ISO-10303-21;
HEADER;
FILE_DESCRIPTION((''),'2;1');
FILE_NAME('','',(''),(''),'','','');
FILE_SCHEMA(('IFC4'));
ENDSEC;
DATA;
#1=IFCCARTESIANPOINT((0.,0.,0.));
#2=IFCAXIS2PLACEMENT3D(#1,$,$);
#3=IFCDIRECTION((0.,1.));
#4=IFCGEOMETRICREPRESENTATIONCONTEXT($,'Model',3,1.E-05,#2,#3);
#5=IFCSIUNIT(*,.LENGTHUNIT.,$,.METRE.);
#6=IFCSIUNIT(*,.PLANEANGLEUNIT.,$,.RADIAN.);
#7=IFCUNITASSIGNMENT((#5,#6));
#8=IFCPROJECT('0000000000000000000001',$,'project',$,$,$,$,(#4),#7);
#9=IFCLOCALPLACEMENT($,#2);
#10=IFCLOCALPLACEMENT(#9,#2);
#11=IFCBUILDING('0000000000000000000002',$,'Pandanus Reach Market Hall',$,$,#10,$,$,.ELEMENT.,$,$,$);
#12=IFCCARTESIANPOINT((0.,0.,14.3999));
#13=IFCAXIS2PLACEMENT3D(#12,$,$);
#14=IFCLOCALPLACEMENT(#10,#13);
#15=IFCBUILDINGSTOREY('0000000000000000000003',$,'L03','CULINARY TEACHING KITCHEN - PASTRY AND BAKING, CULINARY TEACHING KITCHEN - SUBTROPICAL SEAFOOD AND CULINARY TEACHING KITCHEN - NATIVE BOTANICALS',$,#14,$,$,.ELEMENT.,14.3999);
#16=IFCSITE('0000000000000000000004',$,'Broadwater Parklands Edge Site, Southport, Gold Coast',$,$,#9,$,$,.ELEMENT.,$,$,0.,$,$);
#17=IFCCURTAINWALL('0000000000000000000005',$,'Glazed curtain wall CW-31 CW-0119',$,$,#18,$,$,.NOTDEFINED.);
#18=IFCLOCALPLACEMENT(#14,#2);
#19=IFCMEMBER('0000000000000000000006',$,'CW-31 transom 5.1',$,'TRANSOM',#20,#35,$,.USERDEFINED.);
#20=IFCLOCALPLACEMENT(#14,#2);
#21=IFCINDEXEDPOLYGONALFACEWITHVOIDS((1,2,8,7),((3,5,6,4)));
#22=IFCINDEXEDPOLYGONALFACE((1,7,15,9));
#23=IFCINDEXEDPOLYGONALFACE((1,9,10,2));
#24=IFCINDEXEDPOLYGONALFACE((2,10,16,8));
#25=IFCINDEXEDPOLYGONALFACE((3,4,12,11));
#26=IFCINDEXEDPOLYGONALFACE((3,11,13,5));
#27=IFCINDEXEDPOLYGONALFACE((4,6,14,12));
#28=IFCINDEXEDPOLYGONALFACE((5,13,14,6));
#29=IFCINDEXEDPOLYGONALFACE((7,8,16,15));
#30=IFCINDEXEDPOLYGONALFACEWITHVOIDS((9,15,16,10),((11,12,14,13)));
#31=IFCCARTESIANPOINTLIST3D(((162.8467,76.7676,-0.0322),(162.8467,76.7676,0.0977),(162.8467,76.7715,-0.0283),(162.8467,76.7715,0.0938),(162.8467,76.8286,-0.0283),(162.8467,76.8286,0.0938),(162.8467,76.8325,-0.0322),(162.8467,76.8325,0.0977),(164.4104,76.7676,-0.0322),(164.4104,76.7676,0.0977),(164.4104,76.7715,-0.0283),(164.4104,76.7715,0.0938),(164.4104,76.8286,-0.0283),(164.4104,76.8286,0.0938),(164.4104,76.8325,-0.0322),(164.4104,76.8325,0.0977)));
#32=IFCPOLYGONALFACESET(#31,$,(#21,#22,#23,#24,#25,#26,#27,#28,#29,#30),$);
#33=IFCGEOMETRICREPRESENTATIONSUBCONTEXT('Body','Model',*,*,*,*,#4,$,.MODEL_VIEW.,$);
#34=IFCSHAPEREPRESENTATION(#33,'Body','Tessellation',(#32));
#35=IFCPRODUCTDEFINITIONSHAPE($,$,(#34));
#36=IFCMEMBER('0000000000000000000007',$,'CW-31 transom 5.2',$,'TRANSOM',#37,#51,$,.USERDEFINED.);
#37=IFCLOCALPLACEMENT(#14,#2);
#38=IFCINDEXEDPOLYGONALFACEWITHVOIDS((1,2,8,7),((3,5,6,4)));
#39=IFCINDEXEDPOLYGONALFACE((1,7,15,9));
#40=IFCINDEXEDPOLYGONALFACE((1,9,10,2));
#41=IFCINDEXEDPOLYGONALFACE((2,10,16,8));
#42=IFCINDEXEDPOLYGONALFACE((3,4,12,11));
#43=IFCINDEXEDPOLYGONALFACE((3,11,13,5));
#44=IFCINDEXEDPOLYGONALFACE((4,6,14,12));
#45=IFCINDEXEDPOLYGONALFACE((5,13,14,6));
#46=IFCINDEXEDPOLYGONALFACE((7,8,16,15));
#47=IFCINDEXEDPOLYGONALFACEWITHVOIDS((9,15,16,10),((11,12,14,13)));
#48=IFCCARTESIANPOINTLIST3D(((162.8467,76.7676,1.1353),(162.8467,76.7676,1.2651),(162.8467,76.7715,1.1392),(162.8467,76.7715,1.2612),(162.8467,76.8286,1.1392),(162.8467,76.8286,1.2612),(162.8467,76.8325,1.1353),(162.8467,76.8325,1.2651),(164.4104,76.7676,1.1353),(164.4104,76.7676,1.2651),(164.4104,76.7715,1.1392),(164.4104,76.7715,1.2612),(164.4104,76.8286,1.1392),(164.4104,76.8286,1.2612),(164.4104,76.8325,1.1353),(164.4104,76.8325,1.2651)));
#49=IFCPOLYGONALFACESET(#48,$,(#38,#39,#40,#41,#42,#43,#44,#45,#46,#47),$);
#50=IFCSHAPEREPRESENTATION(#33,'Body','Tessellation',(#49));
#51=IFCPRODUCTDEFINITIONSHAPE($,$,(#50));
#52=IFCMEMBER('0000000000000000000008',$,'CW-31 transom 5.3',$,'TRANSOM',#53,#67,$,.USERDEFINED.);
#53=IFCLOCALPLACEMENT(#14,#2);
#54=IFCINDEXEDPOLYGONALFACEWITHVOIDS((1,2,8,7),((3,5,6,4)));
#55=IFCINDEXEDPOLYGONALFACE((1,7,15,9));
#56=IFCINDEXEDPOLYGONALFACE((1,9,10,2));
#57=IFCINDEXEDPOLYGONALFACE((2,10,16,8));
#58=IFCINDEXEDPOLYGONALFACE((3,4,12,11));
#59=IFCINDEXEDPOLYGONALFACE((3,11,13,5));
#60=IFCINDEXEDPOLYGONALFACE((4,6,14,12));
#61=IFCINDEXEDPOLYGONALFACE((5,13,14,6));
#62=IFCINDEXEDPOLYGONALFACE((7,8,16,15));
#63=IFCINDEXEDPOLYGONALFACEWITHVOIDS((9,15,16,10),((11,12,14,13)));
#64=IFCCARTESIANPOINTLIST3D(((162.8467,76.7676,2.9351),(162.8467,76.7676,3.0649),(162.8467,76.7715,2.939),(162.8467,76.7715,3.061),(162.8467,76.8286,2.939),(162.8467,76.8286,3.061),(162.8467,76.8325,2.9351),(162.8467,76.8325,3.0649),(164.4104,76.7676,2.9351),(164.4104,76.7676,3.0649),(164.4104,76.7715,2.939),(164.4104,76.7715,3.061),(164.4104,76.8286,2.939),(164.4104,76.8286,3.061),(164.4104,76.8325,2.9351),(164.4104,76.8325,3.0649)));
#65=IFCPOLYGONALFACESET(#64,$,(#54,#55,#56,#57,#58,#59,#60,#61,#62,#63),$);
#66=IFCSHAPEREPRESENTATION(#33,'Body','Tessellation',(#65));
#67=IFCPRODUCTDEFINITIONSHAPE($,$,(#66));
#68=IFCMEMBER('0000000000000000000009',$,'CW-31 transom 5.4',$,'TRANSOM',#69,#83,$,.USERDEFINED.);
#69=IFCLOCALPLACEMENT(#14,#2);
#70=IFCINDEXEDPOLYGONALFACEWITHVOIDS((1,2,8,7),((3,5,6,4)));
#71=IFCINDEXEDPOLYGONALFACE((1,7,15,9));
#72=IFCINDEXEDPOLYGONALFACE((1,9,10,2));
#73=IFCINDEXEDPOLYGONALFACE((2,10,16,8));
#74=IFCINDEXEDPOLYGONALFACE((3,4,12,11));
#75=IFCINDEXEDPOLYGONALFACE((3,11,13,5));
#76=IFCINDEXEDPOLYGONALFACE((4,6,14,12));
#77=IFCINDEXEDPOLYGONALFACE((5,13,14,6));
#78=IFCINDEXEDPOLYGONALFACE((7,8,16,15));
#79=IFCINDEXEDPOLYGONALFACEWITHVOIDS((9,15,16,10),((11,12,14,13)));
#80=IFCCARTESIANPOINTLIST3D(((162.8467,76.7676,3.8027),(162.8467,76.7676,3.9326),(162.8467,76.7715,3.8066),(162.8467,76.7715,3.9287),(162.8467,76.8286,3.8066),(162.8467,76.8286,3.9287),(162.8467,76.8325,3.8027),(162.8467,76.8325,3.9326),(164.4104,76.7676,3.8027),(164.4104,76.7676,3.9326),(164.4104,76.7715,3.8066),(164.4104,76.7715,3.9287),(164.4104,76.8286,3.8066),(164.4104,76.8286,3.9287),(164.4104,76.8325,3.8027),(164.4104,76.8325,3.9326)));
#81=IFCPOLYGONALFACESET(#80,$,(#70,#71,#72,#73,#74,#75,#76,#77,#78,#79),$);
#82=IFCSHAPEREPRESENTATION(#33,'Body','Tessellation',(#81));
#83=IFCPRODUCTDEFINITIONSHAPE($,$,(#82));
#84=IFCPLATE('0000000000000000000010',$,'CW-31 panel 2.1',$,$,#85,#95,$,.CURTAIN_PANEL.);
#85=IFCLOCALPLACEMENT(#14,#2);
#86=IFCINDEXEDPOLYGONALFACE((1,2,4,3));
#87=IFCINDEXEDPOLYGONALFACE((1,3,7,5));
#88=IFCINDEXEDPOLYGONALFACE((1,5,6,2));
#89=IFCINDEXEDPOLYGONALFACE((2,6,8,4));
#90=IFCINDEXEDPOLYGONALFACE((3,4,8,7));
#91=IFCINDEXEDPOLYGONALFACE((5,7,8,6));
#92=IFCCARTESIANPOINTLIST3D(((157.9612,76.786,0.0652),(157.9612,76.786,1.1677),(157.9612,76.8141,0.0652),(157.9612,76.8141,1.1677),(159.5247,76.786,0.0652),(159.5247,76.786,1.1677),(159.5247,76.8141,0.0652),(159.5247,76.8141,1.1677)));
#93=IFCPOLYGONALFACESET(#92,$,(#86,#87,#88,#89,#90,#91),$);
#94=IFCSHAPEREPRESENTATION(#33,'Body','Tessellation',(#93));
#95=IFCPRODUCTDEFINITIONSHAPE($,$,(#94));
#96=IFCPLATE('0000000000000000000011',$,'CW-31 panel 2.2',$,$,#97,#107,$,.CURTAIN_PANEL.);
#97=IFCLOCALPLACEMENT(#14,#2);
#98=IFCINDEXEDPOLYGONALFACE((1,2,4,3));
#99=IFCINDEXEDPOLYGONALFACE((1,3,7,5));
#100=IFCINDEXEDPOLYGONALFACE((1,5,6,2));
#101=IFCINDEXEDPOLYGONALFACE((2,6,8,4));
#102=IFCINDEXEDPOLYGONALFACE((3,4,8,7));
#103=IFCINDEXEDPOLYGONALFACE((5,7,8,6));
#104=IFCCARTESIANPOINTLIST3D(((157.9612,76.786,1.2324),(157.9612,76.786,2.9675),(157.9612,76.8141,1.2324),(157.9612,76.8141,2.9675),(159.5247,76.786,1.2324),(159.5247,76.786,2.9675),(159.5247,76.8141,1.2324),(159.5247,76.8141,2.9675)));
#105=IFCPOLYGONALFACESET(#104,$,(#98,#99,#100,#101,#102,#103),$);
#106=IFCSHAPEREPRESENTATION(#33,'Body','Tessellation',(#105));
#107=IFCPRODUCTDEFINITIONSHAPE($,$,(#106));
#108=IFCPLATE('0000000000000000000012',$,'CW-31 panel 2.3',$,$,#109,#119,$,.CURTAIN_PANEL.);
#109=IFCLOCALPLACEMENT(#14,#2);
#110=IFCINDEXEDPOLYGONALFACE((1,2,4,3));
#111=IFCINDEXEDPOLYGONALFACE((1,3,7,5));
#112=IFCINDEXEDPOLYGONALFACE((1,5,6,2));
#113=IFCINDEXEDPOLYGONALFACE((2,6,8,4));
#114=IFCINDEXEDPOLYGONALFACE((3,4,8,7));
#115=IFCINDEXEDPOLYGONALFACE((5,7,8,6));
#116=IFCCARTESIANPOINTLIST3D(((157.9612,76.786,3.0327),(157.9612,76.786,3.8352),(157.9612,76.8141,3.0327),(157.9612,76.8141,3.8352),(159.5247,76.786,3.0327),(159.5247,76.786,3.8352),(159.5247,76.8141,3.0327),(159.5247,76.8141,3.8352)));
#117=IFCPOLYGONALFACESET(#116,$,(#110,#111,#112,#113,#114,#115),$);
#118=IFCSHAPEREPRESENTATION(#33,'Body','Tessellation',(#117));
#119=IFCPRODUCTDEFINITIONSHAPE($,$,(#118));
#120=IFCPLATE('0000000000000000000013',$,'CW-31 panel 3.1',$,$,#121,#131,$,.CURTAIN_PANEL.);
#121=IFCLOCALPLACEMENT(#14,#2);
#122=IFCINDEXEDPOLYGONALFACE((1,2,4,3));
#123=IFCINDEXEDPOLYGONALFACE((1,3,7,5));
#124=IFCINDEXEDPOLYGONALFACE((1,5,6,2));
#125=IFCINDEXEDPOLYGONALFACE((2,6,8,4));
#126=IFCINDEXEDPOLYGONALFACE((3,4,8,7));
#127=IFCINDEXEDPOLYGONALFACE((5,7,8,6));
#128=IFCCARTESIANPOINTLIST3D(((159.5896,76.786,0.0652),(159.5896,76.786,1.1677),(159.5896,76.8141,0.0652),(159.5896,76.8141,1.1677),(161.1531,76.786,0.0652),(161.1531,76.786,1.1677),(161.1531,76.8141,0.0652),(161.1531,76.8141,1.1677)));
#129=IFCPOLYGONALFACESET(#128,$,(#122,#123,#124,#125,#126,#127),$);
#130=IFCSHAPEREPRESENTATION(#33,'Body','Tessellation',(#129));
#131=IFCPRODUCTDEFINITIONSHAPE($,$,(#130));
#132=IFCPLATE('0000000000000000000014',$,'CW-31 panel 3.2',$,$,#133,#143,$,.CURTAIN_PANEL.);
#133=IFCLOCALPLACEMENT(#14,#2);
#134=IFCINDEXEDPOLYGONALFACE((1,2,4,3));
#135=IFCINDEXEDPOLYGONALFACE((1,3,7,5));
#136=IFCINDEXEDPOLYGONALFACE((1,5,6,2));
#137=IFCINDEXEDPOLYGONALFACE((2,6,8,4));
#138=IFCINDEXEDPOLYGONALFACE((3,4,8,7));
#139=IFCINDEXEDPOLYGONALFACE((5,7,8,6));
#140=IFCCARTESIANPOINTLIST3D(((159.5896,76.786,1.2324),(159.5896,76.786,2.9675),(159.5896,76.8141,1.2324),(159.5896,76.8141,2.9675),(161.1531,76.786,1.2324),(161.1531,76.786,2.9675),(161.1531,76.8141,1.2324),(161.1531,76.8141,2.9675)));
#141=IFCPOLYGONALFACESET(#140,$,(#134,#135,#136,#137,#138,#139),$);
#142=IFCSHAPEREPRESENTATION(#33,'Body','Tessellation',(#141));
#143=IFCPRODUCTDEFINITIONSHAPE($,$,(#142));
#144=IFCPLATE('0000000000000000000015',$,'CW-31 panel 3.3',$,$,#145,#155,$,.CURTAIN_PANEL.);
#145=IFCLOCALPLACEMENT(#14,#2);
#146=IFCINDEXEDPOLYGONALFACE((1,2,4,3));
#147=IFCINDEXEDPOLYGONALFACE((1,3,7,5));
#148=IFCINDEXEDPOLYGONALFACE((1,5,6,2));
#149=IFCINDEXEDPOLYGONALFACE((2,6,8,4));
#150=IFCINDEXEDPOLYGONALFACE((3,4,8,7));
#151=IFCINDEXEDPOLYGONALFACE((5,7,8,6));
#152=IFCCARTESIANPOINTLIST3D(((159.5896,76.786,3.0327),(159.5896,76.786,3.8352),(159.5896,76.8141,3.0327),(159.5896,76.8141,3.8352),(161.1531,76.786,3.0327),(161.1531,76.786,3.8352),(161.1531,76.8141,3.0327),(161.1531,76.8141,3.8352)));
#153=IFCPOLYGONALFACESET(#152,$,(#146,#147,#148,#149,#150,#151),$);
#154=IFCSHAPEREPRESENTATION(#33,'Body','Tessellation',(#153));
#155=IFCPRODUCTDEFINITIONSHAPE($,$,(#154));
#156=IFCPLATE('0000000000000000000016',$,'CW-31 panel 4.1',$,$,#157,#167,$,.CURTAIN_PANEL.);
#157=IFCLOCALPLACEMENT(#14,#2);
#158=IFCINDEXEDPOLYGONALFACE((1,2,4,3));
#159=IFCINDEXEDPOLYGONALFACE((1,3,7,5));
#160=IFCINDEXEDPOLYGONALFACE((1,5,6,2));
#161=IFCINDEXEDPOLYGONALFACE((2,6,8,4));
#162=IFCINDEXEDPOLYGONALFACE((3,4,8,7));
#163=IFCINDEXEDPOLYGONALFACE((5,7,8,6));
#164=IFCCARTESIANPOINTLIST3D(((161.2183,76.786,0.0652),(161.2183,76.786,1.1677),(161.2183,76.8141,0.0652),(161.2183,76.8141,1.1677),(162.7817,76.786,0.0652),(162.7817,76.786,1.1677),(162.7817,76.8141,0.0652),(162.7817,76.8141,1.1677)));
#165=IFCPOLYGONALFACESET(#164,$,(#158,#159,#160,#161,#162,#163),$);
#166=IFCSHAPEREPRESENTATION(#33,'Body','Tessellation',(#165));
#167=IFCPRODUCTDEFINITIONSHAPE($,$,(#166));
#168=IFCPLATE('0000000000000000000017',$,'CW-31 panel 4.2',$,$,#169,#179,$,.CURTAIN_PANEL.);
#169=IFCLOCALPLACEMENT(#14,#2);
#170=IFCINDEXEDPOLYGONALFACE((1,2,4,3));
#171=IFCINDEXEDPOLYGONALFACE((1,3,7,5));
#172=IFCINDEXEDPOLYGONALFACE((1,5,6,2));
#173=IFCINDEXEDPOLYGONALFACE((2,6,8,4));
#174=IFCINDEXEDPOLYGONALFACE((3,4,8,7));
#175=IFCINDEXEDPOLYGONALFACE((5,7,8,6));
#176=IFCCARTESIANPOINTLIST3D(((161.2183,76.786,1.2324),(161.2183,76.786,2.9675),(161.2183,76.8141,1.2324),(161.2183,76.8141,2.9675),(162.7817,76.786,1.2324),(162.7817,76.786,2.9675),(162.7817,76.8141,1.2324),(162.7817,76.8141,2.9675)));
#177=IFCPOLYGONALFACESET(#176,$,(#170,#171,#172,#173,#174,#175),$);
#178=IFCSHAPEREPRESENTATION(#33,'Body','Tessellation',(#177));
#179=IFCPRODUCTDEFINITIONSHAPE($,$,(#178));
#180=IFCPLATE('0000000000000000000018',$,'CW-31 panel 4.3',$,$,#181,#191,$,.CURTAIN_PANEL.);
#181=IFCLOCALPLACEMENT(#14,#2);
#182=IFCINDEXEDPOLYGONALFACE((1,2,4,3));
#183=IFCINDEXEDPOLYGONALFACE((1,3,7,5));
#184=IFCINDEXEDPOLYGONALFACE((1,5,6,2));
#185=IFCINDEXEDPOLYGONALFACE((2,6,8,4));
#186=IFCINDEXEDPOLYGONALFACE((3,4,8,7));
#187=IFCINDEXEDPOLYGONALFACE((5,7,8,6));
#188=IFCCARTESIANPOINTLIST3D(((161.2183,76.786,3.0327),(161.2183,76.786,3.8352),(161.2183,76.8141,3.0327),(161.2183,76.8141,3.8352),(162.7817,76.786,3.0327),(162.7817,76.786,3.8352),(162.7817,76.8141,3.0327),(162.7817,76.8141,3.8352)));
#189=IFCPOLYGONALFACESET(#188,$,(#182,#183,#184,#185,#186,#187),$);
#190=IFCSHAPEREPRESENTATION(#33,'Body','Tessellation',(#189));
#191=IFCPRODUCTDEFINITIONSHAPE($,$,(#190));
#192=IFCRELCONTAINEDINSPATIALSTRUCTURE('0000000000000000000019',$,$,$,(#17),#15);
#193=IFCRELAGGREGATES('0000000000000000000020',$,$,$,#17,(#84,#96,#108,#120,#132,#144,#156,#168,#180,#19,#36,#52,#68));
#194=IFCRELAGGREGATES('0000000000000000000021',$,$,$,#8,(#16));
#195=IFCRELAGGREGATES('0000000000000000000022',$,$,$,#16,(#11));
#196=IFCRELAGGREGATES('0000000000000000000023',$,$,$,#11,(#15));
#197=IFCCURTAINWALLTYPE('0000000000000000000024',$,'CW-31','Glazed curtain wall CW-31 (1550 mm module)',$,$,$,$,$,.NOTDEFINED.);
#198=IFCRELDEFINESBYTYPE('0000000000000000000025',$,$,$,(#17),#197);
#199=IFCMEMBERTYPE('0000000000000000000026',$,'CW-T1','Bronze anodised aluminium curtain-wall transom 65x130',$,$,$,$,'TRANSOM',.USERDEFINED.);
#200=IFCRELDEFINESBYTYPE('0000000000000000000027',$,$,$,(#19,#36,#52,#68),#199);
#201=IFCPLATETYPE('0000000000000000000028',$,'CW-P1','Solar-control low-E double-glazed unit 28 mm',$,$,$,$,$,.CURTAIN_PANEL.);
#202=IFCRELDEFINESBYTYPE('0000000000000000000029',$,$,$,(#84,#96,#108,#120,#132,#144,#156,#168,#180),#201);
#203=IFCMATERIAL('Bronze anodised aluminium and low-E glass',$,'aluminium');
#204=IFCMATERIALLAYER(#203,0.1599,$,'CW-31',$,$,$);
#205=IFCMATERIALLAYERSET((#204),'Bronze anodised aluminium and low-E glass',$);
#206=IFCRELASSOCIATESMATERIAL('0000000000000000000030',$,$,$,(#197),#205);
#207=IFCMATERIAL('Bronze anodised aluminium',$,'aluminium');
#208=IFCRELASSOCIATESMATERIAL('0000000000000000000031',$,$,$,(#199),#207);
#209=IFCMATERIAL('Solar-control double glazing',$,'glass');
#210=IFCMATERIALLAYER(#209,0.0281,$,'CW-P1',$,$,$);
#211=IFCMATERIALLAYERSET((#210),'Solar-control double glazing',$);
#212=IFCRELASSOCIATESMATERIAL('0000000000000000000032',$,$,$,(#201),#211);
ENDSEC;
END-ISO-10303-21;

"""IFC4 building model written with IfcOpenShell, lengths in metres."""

from ifc_helpers import new_model, si_unit, direction, frame, origin, origin_2d, place, context, subcontext, project, spatial, rectangle, hollow_rectangle, extrude, material, layer, layer_set, material_profile, profile_set, type_object, element, aggregate, save


model = new_model("IFC4")

# Units and contexts
model_context = context("Model", 3, precision=1e-05, world=origin(), true_north=direction((0.0, 1.0)))
body_context = subcontext(model_context, "Body", "Model", "MODEL_VIEW")
ifc_project = project(units=[si_unit("LENGTHUNIT", "METRE"), si_unit("PLANEANGLEUNIT", "RADIAN")], contexts=[model_context])

# Site, building, storey
site_placement = place(None, origin())
site = spatial("IfcSite", under=ifc_project, at=site_placement, Name="Broadwater Parklands Edge Site, Southport, Gold Coast", CompositionType="ELEMENT", RefElevation=0.0)
building_placement = place(site_placement, origin())
building = spatial("IfcBuilding", under=site, at=building_placement, Name="Pandanus Reach Market Hall", CompositionType="ELEMENT")
storey_placement = place(building_placement, frame((0.0, 0.0, 14.3999)))
storey = spatial("IfcBuildingStorey", under=building, at=storey_placement, Name="L03", Description="CULINARY TEACHING KITCHEN - PASTRY AND BAKING, CULINARY TEACHING KITCHEN - SUBTROPICAL SEAFOOD AND CULINARY TEACHING KITCHEN - NATIVE BOTANICALS", CompositionType="ELEMENT", Elevation=14.3999)

# Curtain wall, members, plates
ifc_material_1 = material(Name="Bronze anodised aluminium and low-E glass", Category="aluminium")
ifc_layer_1 = layer(ifc_material_1, 0.1599, Name="CW-31")
ifc_layer_set_1 = layer_set([ifc_layer_1], Name="Bronze anodised aluminium and low-E glass")
curtain_wall_type = type_object("IfcCurtainWallType", Name="CW-31", Description="Glazed curtain wall CW-31 (1550 mm module)", PredefinedType="NOTDEFINED", material=ifc_layer_set_1)
curtain_wall_placement = place(storey_placement, origin())
curtain_wall = element("IfcCurtainWall", 1, at=curtain_wall_placement, inside=storey, type_object=curtain_wall_type, Name="Glazed curtain wall CW-31 CW-0119", PredefinedType="NOTDEFINED")
ifc_material_2 = material(Name="Bronze anodised aluminium", Category="aluminium")
ifc_material_profile_1 = material_profile(ifc_material_2, hollow_rectangle(XDim=0.0649, YDim=0.1299, WallThickness=0.0039, at=origin_2d()), Name="ALU65x130", Category="LoadBearing")
ifc_profile_set_1 = profile_set([ifc_material_profile_1], Name="Bronze anodised aluminium")
member_type_1 = type_object("IfcMemberType", Name="CW-T1", Description="Bronze anodised aluminium curtain-wall transom 65x130", ElementType="TRANSOM", PredefinedType="USERDEFINED", material=ifc_profile_set_1)
member_1_placement = place(storey_placement, frame((162.8467, 76.8, 0.0327), z_axis=(1.0, 0.0, 0.0), x_axis=(0.0, 1.0, 0.0)))
member_1 = element("IfcMember", 2, at=member_1_placement, type_object=member_type_1, Name="CW-31 transom 5.1", ObjectType="TRANSOM", PredefinedType="USERDEFINED", context=body_context, shape_type="SweptSolid", body=[
    extrude(hollow_rectangle(XDim=0.0649, YDim=0.1299, WallThickness=0.0039, at=origin_2d()), origin(), (0.0, 0.0, 1.0), 1.5637),
])
member_2_placement = place(storey_placement, frame((162.8467, 76.8, 1.2002), z_axis=(1.0, 0.0, 0.0), x_axis=(0.0, 1.0, 0.0)))
member_2 = element("IfcMember", 3, at=member_2_placement, type_object=member_type_1, Name="CW-31 transom 5.2", ObjectType="TRANSOM", PredefinedType="USERDEFINED", context=body_context, shape_type="SweptSolid", body=[
    extrude(hollow_rectangle(XDim=0.0649, YDim=0.1299, WallThickness=0.0039, at=origin_2d()), origin(), (0.0, 0.0, 1.0), 1.5637),
])
member_3_placement = place(storey_placement, frame((162.8467, 76.8, 3.0), z_axis=(1.0, 0.0, 0.0), x_axis=(0.0, 1.0, 0.0)))
member_3 = element("IfcMember", 4, at=member_3_placement, type_object=member_type_1, Name="CW-31 transom 5.3", ObjectType="TRANSOM", PredefinedType="USERDEFINED", context=body_context, shape_type="SweptSolid", body=[
    extrude(hollow_rectangle(XDim=0.0649, YDim=0.1299, WallThickness=0.0039, at=origin_2d()), origin(), (0.0, 0.0, 1.0), 1.5637),
])
member_4_placement = place(storey_placement, frame((162.8467, 76.8, 3.8677), z_axis=(1.0, 0.0, 0.0), x_axis=(0.0, 1.0, 0.0)))
member_4 = element("IfcMember", 5, at=member_4_placement, type_object=member_type_1, Name="CW-31 transom 5.4", ObjectType="TRANSOM", PredefinedType="USERDEFINED", context=body_context, shape_type="SweptSolid", body=[
    extrude(hollow_rectangle(XDim=0.0649, YDim=0.1299, WallThickness=0.0039, at=origin_2d()), origin(), (0.0, 0.0, 1.0), 1.5637),
])
ifc_material_3 = material(Name="Solar-control double glazing", Category="glass")
ifc_layer_2 = layer(ifc_material_3, 0.0281, Name="CW-P1")
ifc_layer_set_2 = layer_set([ifc_layer_2], Name="Solar-control double glazing")
plate_type = type_object("IfcPlateType", Name="CW-P1", Description="Solar-control low-E double-glazed unit 28 mm", PredefinedType="CURTAIN_PANEL", material=ifc_layer_set_2)
plate_1_placement = place(storey_placement, frame((158.7429, 76.8, 0.0652), z_axis=(0.0, 0.0, 1.0), x_axis=(1.0, 0.0, 0.0)))
plate_1 = element("IfcPlate", 6, at=plate_1_placement, type_object=plate_type, Name="CW-31 panel 2.1", PredefinedType="CURTAIN_PANEL", context=body_context, shape_type="SweptSolid", body=[
    extrude(rectangle(XDim=1.5635, YDim=0.0281, at=origin_2d()), origin(), (0.0, 0.0, 1.0), 1.1025),
])
plate_2_placement = place(storey_placement, frame((158.7429, 76.8, 1.2324), z_axis=(0.0, 0.0, 1.0), x_axis=(1.0, 0.0, 0.0)))
plate_2 = element("IfcPlate", 7, at=plate_2_placement, type_object=plate_type, Name="CW-31 panel 2.2", PredefinedType="CURTAIN_PANEL", context=body_context, shape_type="SweptSolid", body=[
    extrude(rectangle(XDim=1.5635, YDim=0.0281, at=origin_2d()), origin(), (0.0, 0.0, 1.0), 1.7351),
])
plate_3_placement = place(storey_placement, frame((158.7429, 76.8, 3.0327), z_axis=(0.0, 0.0, 1.0), x_axis=(1.0, 0.0, 0.0)))
plate_3 = element("IfcPlate", 8, at=plate_3_placement, type_object=plate_type, Name="CW-31 panel 2.3", PredefinedType="CURTAIN_PANEL", context=body_context, shape_type="SweptSolid", body=[
    extrude(rectangle(XDim=1.5635, YDim=0.0281, at=origin_2d()), origin(), (0.0, 0.0, 1.0), 0.8025),
])
plate_4_placement = place(storey_placement, frame((160.3713, 76.8, 0.0652), z_axis=(0.0, 0.0, 1.0), x_axis=(1.0, 0.0, 0.0)))
plate_4 = element("IfcPlate", 9, at=plate_4_placement, type_object=plate_type, Name="CW-31 panel 3.1", PredefinedType="CURTAIN_PANEL", context=body_context, shape_type="SweptSolid", body=[
    extrude(rectangle(XDim=1.5635, YDim=0.0281, at=origin_2d()), origin(), (0.0, 0.0, 1.0), 1.1025),
])
plate_5_placement = place(storey_placement, frame((160.3713, 76.8, 1.2324), z_axis=(0.0, 0.0, 1.0), x_axis=(1.0, 0.0, 0.0)))
plate_5 = element("IfcPlate", 10, at=plate_5_placement, type_object=plate_type, Name="CW-31 panel 3.2", PredefinedType="CURTAIN_PANEL", context=body_context, shape_type="SweptSolid", body=[
    extrude(rectangle(XDim=1.5635, YDim=0.0281, at=origin_2d()), origin(), (0.0, 0.0, 1.0), 1.7351),
])
plate_6_placement = place(storey_placement, frame((160.3713, 76.8, 3.0327), z_axis=(0.0, 0.0, 1.0), x_axis=(1.0, 0.0, 0.0)))
plate_6 = element("IfcPlate", 11, at=plate_6_placement, type_object=plate_type, Name="CW-31 panel 3.3", PredefinedType="CURTAIN_PANEL", context=body_context, shape_type="SweptSolid", body=[
    extrude(rectangle(XDim=1.5635, YDim=0.0281, at=origin_2d()), origin(), (0.0, 0.0, 1.0), 0.8025),
])
plate_7_placement = place(storey_placement, frame((162.0, 76.8, 0.0652), z_axis=(0.0, 0.0, 1.0), x_axis=(1.0, 0.0, 0.0)))
plate_7 = element("IfcPlate", 12, at=plate_7_placement, type_object=plate_type, Name="CW-31 panel 4.1", PredefinedType="CURTAIN_PANEL", context=body_context, shape_type="SweptSolid", body=[
    extrude(rectangle(XDim=1.5635, YDim=0.0281, at=origin_2d()), origin(), (0.0, 0.0, 1.0), 1.1025),
])
plate_8_placement = place(storey_placement, frame((162.0, 76.8, 1.2324), z_axis=(0.0, 0.0, 1.0), x_axis=(1.0, 0.0, 0.0)))
plate_8 = element("IfcPlate", 13, at=plate_8_placement, type_object=plate_type, Name="CW-31 panel 4.2", PredefinedType="CURTAIN_PANEL", context=body_context, shape_type="SweptSolid", body=[
    extrude(rectangle(XDim=1.5635, YDim=0.0281, at=origin_2d()), origin(), (0.0, 0.0, 1.0), 1.7351),
])
plate_9_placement = place(storey_placement, frame((162.0, 76.8, 3.0327), z_axis=(0.0, 0.0, 1.0), x_axis=(1.0, 0.0, 0.0)))
plate_9 = element("IfcPlate", 14, at=plate_9_placement, type_object=plate_type, Name="CW-31 panel 4.3", PredefinedType="CURTAIN_PANEL", context=body_context, shape_type="SweptSolid", body=[
    extrude(rectangle(XDim=1.5635, YDim=0.0281, at=origin_2d()), origin(), (0.0, 0.0, 1.0), 0.8025),
])
aggregate(curtain_wall, [plate_1, plate_2, plate_3, plate_4, plate_5, plate_6, plate_7, plate_8, plate_9, member_1, member_2, member_3, member_4])

save(model, "model.ifc")
